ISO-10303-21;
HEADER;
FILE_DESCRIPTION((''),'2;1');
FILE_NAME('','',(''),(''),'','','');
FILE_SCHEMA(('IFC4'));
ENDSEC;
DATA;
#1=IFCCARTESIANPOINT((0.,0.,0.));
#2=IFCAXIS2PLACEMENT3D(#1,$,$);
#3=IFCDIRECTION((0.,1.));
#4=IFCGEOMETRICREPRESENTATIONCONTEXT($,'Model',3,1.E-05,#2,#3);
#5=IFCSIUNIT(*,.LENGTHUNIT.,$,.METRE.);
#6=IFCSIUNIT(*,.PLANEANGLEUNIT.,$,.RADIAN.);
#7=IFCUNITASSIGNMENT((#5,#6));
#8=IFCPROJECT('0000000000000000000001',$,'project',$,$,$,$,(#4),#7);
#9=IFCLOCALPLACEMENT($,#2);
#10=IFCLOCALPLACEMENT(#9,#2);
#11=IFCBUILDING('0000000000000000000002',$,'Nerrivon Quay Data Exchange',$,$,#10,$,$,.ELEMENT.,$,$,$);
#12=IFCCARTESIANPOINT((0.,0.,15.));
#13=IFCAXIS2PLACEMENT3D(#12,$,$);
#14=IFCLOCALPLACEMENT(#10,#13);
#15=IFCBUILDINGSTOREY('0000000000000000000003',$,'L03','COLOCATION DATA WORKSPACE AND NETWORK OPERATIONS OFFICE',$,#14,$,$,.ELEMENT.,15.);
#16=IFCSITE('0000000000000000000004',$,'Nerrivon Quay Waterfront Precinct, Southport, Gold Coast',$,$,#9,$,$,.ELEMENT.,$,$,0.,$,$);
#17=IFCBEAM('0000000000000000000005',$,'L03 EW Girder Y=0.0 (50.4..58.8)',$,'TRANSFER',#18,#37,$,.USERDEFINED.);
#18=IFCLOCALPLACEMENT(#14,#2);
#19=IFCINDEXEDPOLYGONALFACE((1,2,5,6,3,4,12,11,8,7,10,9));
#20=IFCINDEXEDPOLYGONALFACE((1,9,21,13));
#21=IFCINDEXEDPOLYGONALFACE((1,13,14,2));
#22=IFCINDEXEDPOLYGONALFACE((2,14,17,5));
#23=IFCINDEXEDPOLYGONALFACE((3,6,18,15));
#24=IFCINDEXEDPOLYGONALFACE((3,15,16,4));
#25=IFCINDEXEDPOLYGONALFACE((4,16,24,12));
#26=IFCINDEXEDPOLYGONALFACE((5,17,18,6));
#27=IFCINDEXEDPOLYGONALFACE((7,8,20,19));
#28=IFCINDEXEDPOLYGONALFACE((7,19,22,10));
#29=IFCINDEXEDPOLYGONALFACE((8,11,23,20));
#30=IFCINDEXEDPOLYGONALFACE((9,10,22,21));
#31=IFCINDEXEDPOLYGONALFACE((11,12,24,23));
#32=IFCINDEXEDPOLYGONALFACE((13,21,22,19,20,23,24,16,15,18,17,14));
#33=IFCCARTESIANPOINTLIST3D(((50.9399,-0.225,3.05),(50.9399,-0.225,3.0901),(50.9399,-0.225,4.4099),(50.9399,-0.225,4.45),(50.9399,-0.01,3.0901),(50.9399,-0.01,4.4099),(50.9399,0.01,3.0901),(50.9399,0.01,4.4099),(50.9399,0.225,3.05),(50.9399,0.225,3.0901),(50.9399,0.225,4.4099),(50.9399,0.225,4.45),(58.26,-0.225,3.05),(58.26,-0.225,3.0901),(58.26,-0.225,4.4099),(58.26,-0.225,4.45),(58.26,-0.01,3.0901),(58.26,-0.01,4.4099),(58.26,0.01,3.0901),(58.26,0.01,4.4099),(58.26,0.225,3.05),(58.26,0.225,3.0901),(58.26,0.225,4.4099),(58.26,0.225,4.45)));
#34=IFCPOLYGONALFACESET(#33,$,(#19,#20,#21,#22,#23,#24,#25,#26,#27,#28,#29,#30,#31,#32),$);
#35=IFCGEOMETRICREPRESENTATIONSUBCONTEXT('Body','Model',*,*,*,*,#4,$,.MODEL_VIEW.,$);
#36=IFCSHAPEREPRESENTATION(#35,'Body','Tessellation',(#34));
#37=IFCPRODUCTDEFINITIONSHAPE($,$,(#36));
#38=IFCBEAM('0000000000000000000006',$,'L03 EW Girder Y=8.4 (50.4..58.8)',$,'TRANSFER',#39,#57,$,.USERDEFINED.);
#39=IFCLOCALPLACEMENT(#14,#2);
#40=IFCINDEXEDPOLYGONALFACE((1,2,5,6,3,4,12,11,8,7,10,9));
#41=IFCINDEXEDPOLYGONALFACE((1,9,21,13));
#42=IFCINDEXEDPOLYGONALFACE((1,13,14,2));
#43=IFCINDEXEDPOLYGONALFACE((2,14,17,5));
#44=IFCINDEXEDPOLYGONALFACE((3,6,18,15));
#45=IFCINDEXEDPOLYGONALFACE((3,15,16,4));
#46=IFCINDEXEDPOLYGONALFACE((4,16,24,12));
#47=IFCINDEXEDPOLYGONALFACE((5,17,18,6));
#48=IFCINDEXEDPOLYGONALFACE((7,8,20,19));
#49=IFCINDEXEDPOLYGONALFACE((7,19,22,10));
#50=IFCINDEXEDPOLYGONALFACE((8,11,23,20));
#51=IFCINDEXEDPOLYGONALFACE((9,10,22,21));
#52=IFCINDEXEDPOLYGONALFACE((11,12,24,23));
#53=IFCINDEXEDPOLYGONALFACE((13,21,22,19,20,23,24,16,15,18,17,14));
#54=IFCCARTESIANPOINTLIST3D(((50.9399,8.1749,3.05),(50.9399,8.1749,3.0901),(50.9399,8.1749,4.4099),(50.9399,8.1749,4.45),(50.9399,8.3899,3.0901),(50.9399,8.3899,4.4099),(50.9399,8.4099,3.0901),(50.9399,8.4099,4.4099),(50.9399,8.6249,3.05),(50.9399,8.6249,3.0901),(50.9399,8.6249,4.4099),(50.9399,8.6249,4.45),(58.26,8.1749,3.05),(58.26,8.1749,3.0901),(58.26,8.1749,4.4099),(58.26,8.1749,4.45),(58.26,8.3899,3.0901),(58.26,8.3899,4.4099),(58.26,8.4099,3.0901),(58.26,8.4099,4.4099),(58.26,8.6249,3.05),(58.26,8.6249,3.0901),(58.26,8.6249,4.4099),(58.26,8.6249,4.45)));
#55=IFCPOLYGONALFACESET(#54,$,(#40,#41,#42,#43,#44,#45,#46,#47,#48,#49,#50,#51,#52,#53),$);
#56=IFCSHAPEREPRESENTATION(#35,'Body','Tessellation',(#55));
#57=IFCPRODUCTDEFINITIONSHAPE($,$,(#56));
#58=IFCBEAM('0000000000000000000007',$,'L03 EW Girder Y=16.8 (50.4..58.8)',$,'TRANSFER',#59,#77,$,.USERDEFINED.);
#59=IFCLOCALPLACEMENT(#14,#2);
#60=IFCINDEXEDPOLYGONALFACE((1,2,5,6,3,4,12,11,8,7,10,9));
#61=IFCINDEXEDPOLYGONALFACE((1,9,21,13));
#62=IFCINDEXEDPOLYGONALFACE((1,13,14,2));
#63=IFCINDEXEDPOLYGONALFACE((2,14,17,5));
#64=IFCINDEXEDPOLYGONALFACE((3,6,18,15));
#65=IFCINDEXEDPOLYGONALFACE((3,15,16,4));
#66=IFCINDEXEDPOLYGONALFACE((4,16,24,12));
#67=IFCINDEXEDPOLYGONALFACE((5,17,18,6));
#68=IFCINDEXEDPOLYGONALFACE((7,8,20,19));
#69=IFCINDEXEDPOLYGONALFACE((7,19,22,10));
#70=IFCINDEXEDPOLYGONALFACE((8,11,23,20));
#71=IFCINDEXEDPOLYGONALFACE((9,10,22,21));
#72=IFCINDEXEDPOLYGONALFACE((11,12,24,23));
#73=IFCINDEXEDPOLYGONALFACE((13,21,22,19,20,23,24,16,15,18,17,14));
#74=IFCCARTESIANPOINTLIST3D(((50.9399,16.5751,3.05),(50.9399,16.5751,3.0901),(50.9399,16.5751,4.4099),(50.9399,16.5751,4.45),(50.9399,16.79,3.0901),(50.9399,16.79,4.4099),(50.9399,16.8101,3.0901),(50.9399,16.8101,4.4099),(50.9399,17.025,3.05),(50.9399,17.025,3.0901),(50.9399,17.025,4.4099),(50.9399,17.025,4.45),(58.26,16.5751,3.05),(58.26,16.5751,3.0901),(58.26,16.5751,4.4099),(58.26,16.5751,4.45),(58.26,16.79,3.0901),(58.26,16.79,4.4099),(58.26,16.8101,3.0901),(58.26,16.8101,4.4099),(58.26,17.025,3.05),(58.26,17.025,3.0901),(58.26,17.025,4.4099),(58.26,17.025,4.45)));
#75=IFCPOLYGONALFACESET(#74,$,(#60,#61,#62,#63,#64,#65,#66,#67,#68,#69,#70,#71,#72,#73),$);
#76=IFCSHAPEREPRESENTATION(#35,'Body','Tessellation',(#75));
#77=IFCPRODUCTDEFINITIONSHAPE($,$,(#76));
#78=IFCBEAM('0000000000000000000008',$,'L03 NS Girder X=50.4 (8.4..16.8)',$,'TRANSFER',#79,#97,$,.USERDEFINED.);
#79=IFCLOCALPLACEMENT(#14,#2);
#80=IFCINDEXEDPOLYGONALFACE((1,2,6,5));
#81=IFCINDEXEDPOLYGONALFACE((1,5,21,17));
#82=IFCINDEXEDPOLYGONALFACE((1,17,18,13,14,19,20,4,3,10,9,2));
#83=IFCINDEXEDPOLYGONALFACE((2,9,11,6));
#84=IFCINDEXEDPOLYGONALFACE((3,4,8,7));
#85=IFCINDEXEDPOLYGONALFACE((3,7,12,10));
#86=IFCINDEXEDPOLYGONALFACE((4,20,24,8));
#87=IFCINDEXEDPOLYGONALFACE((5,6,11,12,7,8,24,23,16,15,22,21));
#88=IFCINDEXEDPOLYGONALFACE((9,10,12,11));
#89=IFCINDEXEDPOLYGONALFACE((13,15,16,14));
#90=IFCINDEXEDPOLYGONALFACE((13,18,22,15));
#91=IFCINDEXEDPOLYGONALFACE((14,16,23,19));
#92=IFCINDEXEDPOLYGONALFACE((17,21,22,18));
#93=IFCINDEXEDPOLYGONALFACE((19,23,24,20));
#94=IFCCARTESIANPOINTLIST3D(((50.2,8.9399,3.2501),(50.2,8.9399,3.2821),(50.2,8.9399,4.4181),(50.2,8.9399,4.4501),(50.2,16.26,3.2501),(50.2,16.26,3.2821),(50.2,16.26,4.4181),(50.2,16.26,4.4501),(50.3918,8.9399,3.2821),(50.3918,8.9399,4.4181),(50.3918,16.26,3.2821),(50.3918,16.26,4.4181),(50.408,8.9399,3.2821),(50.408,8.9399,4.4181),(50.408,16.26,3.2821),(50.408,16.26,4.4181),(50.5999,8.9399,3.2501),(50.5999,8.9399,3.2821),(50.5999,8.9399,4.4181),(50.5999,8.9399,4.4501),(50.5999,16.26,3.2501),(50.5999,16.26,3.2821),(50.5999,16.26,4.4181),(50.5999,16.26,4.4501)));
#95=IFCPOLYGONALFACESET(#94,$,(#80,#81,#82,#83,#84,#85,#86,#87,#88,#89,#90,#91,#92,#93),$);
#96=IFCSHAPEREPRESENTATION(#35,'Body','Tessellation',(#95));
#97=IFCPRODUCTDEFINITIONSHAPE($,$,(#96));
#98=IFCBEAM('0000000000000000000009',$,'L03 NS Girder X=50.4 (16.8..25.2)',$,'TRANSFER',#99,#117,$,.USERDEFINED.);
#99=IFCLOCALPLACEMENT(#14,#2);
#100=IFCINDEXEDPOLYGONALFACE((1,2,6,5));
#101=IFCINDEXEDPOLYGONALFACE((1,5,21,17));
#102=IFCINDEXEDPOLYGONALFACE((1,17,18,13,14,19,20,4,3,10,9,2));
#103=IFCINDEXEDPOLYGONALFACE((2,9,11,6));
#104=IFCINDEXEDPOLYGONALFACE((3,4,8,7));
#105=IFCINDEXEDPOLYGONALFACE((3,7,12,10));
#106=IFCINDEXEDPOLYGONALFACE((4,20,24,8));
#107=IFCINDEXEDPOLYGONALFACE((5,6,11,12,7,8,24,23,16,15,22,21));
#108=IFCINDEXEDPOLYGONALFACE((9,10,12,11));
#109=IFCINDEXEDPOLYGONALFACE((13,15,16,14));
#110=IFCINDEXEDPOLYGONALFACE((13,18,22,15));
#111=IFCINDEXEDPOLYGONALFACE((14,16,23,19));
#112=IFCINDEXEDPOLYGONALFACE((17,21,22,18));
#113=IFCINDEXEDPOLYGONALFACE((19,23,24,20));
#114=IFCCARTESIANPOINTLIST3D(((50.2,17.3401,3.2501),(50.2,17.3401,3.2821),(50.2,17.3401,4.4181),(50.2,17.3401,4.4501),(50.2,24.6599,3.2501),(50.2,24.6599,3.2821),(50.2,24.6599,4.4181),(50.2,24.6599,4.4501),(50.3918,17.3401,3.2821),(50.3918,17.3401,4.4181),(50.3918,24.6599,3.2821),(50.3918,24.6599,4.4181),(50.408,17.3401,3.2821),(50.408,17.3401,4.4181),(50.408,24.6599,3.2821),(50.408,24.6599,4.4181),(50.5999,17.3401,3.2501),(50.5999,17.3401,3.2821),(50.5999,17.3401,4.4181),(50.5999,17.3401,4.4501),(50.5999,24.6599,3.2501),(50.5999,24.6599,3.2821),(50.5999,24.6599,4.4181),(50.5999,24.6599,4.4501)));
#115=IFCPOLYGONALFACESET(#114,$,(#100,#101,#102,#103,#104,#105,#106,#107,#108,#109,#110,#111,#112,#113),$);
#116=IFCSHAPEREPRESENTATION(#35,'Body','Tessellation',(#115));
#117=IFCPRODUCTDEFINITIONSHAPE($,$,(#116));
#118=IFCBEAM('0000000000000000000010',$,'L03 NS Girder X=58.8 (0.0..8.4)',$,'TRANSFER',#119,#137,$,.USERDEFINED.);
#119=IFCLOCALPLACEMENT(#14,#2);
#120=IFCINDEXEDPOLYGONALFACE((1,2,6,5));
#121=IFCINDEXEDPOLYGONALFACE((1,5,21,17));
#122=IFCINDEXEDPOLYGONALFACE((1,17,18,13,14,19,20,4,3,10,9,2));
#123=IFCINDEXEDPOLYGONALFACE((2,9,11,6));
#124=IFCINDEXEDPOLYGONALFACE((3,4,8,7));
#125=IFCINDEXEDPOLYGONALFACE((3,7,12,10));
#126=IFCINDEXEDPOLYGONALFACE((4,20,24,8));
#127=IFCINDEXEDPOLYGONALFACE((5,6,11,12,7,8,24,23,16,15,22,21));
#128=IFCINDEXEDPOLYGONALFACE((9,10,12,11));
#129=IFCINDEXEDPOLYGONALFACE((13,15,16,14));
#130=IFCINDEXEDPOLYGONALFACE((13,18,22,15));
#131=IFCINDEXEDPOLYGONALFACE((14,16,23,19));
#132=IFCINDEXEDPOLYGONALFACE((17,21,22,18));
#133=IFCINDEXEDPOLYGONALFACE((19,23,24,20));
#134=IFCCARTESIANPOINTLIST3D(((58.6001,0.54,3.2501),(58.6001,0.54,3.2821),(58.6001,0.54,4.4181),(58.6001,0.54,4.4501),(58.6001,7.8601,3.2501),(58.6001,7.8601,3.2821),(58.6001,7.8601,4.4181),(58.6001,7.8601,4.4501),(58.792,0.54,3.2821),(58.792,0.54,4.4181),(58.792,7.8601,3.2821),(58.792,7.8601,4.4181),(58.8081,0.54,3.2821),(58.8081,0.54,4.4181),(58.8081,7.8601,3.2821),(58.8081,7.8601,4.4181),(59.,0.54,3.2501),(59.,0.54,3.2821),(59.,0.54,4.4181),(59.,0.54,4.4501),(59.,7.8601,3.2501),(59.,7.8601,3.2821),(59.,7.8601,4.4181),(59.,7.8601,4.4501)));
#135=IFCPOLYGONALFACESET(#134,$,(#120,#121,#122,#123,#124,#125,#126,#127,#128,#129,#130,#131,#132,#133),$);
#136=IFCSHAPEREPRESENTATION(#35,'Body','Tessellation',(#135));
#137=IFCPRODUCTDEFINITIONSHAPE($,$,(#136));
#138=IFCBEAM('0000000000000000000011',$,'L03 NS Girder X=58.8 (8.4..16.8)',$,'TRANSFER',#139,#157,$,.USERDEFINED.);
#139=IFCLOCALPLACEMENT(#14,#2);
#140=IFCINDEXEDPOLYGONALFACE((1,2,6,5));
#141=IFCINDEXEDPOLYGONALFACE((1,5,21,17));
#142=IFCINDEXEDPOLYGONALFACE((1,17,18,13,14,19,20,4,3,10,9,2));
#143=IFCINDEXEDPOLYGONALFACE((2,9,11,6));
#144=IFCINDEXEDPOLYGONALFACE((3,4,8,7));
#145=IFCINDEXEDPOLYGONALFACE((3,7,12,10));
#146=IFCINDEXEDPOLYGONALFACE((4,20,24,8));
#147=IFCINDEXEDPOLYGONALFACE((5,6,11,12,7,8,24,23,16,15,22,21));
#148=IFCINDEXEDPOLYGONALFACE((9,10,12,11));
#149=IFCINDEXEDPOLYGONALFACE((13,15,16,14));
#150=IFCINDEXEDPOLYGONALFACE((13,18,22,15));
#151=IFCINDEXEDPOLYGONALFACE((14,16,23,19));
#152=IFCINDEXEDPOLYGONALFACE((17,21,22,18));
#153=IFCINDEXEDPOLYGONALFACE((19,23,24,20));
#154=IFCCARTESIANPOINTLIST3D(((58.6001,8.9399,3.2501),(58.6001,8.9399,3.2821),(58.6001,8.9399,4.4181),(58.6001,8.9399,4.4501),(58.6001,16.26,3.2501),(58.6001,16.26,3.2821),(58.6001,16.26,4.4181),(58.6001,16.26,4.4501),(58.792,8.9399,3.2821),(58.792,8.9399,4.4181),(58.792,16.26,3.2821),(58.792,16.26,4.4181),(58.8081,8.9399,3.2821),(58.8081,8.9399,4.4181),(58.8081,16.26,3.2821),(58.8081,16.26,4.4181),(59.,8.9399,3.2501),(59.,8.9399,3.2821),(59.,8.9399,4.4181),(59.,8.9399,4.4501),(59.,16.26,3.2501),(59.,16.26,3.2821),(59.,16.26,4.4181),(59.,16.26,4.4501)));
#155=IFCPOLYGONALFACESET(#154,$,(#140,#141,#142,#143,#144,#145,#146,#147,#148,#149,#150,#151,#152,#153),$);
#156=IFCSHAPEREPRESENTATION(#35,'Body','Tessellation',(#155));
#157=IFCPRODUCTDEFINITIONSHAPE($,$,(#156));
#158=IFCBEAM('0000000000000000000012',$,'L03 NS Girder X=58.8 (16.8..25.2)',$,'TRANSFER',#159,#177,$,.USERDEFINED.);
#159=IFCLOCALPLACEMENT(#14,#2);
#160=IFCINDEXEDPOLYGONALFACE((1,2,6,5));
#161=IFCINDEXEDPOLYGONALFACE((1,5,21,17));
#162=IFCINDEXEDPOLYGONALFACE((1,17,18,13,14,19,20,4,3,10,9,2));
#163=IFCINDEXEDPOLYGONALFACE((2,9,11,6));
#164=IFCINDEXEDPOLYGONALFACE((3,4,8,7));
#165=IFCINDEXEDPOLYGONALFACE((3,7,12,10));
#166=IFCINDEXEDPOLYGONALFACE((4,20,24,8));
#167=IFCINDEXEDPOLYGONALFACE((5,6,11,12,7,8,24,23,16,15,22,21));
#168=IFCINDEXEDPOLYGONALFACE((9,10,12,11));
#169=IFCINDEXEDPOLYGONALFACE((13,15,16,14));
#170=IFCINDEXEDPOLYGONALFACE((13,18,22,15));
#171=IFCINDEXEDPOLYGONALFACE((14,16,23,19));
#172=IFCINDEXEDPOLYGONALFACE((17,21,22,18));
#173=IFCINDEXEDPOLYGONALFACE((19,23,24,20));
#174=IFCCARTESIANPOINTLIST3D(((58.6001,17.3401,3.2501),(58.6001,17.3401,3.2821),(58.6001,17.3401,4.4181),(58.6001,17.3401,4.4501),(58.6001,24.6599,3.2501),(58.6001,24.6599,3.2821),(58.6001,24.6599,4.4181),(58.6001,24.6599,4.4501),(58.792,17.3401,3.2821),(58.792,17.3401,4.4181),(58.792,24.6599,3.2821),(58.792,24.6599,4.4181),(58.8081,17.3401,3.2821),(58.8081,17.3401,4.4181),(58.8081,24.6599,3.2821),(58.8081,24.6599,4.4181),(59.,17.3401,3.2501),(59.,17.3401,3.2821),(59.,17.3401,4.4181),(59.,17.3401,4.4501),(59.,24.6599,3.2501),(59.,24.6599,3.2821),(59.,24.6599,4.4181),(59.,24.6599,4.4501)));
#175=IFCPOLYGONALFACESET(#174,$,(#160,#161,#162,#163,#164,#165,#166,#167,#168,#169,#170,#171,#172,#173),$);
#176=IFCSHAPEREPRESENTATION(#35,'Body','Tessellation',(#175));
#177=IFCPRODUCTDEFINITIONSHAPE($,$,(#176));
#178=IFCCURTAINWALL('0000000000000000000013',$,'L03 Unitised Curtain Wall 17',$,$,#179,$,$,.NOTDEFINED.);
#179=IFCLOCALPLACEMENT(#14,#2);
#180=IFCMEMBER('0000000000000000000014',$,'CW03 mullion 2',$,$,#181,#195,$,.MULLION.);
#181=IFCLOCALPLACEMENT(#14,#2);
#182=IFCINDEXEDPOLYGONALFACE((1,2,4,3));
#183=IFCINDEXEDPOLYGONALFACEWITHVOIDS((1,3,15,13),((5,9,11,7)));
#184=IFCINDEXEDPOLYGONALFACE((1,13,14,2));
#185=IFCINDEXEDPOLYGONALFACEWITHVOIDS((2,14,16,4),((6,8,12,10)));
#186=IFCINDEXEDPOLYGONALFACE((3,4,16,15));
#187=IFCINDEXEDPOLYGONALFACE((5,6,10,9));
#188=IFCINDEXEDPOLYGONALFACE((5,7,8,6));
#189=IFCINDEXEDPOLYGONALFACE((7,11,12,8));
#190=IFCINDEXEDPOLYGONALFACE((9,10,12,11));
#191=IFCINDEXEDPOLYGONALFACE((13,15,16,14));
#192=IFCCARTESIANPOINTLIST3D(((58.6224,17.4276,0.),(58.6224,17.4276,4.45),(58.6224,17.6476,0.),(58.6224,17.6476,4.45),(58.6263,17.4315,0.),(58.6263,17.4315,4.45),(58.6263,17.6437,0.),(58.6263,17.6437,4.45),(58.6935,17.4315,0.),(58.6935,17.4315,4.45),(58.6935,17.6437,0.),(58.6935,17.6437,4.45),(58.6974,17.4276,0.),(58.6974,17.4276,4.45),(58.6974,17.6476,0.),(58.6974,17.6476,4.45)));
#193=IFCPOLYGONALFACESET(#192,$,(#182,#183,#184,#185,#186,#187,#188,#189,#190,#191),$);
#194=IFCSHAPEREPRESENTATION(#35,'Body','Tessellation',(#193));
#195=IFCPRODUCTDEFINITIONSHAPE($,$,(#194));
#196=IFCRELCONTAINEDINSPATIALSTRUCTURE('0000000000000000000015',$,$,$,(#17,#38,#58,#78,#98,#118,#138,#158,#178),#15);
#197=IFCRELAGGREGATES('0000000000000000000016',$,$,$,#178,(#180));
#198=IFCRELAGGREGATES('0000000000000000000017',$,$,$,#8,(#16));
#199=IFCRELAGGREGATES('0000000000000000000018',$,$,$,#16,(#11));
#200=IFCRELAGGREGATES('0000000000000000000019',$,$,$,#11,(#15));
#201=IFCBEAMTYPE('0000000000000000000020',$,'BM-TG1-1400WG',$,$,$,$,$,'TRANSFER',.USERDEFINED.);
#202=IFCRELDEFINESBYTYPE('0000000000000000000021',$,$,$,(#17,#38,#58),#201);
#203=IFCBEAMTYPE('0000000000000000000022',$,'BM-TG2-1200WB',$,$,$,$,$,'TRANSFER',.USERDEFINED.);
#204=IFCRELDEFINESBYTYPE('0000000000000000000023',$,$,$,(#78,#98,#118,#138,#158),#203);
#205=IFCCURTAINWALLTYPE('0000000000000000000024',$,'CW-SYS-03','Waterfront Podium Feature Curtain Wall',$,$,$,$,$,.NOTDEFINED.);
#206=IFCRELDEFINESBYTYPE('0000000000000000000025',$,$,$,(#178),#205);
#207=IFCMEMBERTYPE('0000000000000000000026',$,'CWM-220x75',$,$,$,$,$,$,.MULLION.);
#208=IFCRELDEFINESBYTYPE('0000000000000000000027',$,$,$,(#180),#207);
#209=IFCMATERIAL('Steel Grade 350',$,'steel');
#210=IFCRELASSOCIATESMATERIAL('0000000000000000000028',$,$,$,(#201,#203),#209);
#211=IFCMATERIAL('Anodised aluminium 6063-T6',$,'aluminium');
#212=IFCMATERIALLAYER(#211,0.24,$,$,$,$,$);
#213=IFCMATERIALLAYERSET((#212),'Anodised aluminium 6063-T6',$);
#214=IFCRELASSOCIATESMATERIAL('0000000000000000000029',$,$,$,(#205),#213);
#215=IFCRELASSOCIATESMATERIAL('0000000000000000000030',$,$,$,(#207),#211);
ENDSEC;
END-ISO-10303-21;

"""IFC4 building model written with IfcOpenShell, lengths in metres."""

from ifc_helpers import new_model, si_unit, direction, frame, origin, origin_2d, place, context, subcontext, project, spatial, hollow_rectangle, i_section, extrude, material, layer, layer_set, material_profile, profile_set, type_object, element, aggregate, save


model = new_model("IFC4")

# Units and contexts
model_context = context("Model", 3, precision=1e-05, world=origin(), true_north=direction((0.0, 1.0)))
body_context = subcontext(model_context, "Body", "Model", "MODEL_VIEW")
ifc_project = project(units=[si_unit("LENGTHUNIT", "METRE"), si_unit("PLANEANGLEUNIT", "RADIAN")], contexts=[model_context])

# Site, building, storey
site_placement = place(None, origin())
site = spatial("IfcSite", under=ifc_project, at=site_placement, Name="Nerrivon Quay Waterfront Precinct, Southport, Gold Coast", CompositionType="ELEMENT", RefElevation=0.0)
building_placement = place(site_placement, origin())
building = spatial("IfcBuilding", under=site, at=building_placement, Name="Nerrivon Quay Data Exchange", CompositionType="ELEMENT")
storey_placement = place(building_placement, frame((0.0, 0.0, 15.0)))
storey = spatial("IfcBuildingStorey", under=building, at=storey_placement, Name="L03", Description="COLOCATION DATA WORKSPACE AND NETWORK OPERATIONS OFFICE", CompositionType="ELEMENT", Elevation=15.0)

# Beams
ifc_material_1 = material(Name="Steel Grade 350", Category="steel")
ifc_material_profile_1 = material_profile(ifc_material_1, i_section(OverallWidth=0.45, OverallDepth=1.3999, WebThickness=0.02, FlangeThickness=0.04, at=origin_2d()), Name="1400WG455")
ifc_profile_set_1 = profile_set([ifc_material_profile_1], Name="Steel Grade 350")
beam_type_1 = type_object("IfcBeamType", Name="BM-TG1-1400WG", ElementType="TRANSFER", PredefinedType="USERDEFINED", material=ifc_profile_set_1)
for number, where, z_axis, x_axis, name in (
    (1, (50.9399, 0.0, 3.75), (1.0, 0.0, 0.0), (0.0, 1.0, 0.0), "L03 EW Girder Y=0.0 (50.4..58.8)"),
    (2, (50.9399, 8.3999, 3.75), (1.0, 0.0, 0.0), (0.0, 1.0, 0.0), "L03 EW Girder Y=8.4 (50.4..58.8)"),
    (3, (50.9399, 16.8, 3.75), (1.0, 0.0, 0.0), (0.0, 1.0, 0.0), "L03 EW Girder Y=16.8 (50.4..58.8)"),
):
    element("IfcBeam", number, at=place(storey_placement, frame(where, z_axis=z_axis, x_axis=x_axis)), inside=storey, type_object=beam_type_1, Name=name, ObjectType="TRANSFER", PredefinedType="USERDEFINED", context=body_context, shape_type="SweptSolid", body=[
        extrude(i_section(OverallWidth=0.45, OverallDepth=1.3999, WebThickness=0.02, FlangeThickness=0.04, at=origin_2d()), origin(), (0.0, 0.0, 1.0), 7.3201),
    ])
ifc_material_profile_2 = material_profile(ifc_material_1, i_section(OverallWidth=0.3999, OverallDepth=1.2, WebThickness=0.0161, FlangeThickness=0.032, at=origin_2d()), Name="1200WB342")
ifc_profile_set_2 = profile_set([ifc_material_profile_2], Name="Steel Grade 350")
beam_type_2 = type_object("IfcBeamType", Name="BM-TG2-1200WB", ElementType="TRANSFER", PredefinedType="USERDEFINED", material=ifc_profile_set_2)
beam_1_placement = place(storey_placement, frame((50.3999, 8.9399, 3.8501), z_axis=(0.0, 1.0, 0.0), x_axis=(-1.0, 0.0, 0.0)))
element("IfcBeam", 4, at=beam_1_placement, inside=storey, type_object=beam_type_2, Name="L03 NS Girder X=50.4 (8.4..16.8)", ObjectType="TRANSFER", PredefinedType="USERDEFINED", context=body_context, shape_type="SweptSolid", body=[
    extrude(i_section(OverallWidth=0.3999, OverallDepth=1.2, WebThickness=0.0161, FlangeThickness=0.032, at=origin_2d()), origin(), (0.0, 0.0, 1.0), 7.3201),
])
beam_2_placement = place(storey_placement, frame((50.3999, 17.3401, 3.8501), z_axis=(0.0, 1.0, 0.0), x_axis=(-1.0, 0.0, 0.0)))
element("IfcBeam", 5, at=beam_2_placement, inside=storey, type_object=beam_type_2, Name="L03 NS Girder X=50.4 (16.8..25.2)", ObjectType="TRANSFER", PredefinedType="USERDEFINED", context=body_context, shape_type="SweptSolid", body=[
    extrude(i_section(OverallWidth=0.3999, OverallDepth=1.2, WebThickness=0.0161, FlangeThickness=0.032, at=origin_2d()), origin(), (0.0, 0.0, 1.0), 7.3198),
])
for number, where, z_axis, x_axis, name in (
    (6, (58.8, 0.54, 3.8501), (0.0, 1.0, 0.0), (-1.0, 0.0, 0.0), "L03 NS Girder X=58.8 (0.0..8.4)"),
    (7, (58.8, 8.9399, 3.8501), (0.0, 1.0, 0.0), (-1.0, 0.0, 0.0), "L03 NS Girder X=58.8 (8.4..16.8)"),
):
    element("IfcBeam", number, at=place(storey_placement, frame(where, z_axis=z_axis, x_axis=x_axis)), inside=storey, type_object=beam_type_2, Name=name, ObjectType="TRANSFER", PredefinedType="USERDEFINED", context=body_context, shape_type="SweptSolid", body=[
        extrude(i_section(OverallWidth=0.3999, OverallDepth=1.2, WebThickness=0.0161, FlangeThickness=0.032, at=origin_2d()), origin(), (0.0, 0.0, 1.0), 7.3201),
    ])
beam_3_placement = place(storey_placement, frame((58.8, 17.3401, 3.8501), z_axis=(0.0, 1.0, 0.0), x_axis=(-1.0, 0.0, 0.0)))
element("IfcBeam", 8, at=beam_3_placement, inside=storey, type_object=beam_type_2, Name="L03 NS Girder X=58.8 (16.8..25.2)", ObjectType="TRANSFER", PredefinedType="USERDEFINED", context=body_context, shape_type="SweptSolid", body=[
    extrude(i_section(OverallWidth=0.3999, OverallDepth=1.2, WebThickness=0.0161, FlangeThickness=0.032, at=origin_2d()), origin(), (0.0, 0.0, 1.0), 7.3198),
])

# Curtain wall, member
ifc_material_2 = material(Name="Anodised aluminium 6063-T6", Category="aluminium")
ifc_layer_1 = layer(ifc_material_2, 0.24)
ifc_layer_set_1 = layer_set([ifc_layer_1], Name="Anodised aluminium 6063-T6")
curtain_wall_type = type_object("IfcCurtainWallType", Name="CW-SYS-03", Description="Waterfront Podium Feature Curtain Wall", PredefinedType="NOTDEFINED", material=ifc_layer_set_1)
curtain_wall_1_placement = place(storey_placement, origin())
curtain_wall_1 = element("IfcCurtainWall", 9, at=curtain_wall_1_placement, inside=storey, type_object=curtain_wall_type, Name="L03 Unitised Curtain Wall 17", PredefinedType="NOTDEFINED")
ifc_material_profile_3 = material_profile(ifc_material_2, hollow_rectangle(XDim=0.075, YDim=0.22, WallThickness=0.0039, at=origin_2d()), Name="ALU-MULL-220x75")
ifc_profile_set_3 = profile_set([ifc_material_profile_3], Name="Anodised aluminium 6063-T6")
member_type_1 = type_object("IfcMemberType", Name="CWM-220x75", PredefinedType="MULLION", material=ifc_profile_set_3)
member_1_placement = place(storey_placement, frame((58.6599, 17.5376, 0.0), z_axis=(0.0, 0.0, 1.0), x_axis=(1.0, 0.0, 0.0)))
member_1 = element("IfcMember", 10, at=member_1_placement, type_object=member_type_1, Name="CW03 mullion 2", PredefinedType="MULLION", context=body_context, shape_type="SweptSolid", body=[
    extrude(hollow_rectangle(XDim=0.075, YDim=0.22, WallThickness=0.0039, at=origin_2d()), origin(), (0.0, 0.0, 1.0), 4.45),
])
aggregate(curtain_wall_1, [member_1])

save(model, "model.ifc")
